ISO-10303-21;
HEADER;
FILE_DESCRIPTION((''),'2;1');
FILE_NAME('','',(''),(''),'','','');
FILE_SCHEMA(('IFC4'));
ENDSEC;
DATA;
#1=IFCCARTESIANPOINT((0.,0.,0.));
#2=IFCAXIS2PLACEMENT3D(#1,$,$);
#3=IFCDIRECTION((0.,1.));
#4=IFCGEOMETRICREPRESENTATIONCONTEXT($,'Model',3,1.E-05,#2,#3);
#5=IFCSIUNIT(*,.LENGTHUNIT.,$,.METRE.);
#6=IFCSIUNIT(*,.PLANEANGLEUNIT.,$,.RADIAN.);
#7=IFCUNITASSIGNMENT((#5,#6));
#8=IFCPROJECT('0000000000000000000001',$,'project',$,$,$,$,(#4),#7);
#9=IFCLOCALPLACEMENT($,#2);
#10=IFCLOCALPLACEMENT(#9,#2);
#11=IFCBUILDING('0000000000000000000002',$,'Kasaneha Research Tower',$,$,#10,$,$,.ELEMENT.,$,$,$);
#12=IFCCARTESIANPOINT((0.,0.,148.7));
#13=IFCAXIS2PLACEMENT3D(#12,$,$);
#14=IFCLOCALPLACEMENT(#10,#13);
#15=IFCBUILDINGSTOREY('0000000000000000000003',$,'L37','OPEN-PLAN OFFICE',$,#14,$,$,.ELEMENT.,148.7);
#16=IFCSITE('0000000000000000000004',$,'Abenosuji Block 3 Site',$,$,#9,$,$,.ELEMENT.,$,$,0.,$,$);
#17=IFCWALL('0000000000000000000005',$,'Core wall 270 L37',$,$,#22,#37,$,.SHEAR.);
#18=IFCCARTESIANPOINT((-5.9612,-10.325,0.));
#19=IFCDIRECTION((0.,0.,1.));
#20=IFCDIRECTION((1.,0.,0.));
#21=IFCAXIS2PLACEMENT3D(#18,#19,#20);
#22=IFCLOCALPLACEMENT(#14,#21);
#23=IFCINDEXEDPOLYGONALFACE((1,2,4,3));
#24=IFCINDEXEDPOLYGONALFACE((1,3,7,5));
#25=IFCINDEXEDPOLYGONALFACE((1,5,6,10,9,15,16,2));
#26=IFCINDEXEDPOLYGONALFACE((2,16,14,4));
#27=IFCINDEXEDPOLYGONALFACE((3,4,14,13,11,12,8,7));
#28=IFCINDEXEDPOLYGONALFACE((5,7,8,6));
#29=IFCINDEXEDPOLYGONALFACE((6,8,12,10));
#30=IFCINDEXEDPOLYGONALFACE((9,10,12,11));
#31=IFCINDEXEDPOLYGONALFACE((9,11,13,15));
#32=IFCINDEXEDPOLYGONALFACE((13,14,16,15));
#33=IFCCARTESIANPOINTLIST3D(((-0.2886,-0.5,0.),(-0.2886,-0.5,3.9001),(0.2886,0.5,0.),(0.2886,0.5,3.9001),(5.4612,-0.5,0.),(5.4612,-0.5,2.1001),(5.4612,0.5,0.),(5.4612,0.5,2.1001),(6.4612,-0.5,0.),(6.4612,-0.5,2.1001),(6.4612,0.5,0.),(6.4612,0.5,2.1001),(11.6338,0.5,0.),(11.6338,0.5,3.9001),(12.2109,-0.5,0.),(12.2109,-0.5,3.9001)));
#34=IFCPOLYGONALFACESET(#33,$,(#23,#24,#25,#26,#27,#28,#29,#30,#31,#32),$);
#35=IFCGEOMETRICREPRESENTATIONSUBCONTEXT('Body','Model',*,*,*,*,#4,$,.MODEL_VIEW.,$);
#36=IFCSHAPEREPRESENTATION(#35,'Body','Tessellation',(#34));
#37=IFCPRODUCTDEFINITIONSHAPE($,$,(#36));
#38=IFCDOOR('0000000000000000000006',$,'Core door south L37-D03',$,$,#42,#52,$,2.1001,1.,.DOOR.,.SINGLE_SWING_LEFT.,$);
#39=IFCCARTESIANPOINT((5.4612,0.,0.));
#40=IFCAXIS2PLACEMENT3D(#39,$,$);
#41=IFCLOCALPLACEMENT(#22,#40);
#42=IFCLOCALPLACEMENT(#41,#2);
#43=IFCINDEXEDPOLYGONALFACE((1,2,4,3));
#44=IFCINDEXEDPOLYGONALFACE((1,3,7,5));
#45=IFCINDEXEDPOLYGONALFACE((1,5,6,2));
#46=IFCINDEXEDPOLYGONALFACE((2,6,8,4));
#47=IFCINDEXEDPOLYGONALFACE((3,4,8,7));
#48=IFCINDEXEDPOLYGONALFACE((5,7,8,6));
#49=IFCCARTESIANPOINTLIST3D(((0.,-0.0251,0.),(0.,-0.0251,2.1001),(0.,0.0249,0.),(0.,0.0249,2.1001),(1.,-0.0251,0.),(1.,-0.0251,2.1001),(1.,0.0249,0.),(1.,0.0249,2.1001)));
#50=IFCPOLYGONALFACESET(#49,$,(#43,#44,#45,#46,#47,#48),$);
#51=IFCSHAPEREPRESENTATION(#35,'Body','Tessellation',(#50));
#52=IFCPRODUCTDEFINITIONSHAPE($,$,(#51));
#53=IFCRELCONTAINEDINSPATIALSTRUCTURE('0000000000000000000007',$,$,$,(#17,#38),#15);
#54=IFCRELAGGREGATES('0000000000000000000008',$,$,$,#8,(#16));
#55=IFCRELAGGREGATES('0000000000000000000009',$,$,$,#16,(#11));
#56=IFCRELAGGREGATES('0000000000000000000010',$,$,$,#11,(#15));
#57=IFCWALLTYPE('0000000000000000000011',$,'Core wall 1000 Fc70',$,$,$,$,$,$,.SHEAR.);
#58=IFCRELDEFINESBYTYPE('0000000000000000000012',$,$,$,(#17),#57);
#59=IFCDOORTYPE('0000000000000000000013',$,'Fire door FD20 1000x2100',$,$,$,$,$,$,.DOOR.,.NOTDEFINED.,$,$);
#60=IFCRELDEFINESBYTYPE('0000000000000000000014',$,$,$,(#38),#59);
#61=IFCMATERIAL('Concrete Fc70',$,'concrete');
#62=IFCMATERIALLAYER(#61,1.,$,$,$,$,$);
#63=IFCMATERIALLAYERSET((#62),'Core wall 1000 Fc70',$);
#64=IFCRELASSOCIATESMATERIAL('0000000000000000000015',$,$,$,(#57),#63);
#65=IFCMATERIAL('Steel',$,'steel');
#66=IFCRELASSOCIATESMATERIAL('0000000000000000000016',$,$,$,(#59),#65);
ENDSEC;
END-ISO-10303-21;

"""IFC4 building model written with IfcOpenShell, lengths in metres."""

from ifc_helpers import new_model, si_unit, direction, frame, frame_2d, origin, place, context, subcontext, project, spatial, polyline, rectangle, outline, extrude, material, layer, layer_set, type_object, element, fill, save


model = new_model("IFC4")

# Units and contexts
model_context = context("Model", 3, precision=1e-05, world=origin(), true_north=direction((0.0, 1.0)))
body_context = subcontext(model_context, "Body", "Model", "MODEL_VIEW")
ifc_project = project(units=[si_unit("LENGTHUNIT", "METRE"), si_unit("PLANEANGLEUNIT", "RADIAN")], contexts=[model_context])

# Site, building, storey
site_placement = place(None, origin())
site = spatial("IfcSite", under=ifc_project, at=site_placement, Name="Abenosuji Block 3 Site", CompositionType="ELEMENT", RefElevation=0.0)
building_placement = place(site_placement, origin())
building = spatial("IfcBuilding", under=site, at=building_placement, Name="Kasaneha Research Tower", CompositionType="ELEMENT")
storey_placement = place(building_placement, frame((0.0, 0.0, 148.7)))
storey = spatial("IfcBuildingStorey", under=building, at=storey_placement, Name="L37", Description="OPEN-PLAN OFFICE", CompositionType="ELEMENT", Elevation=148.7)

# Wall, opening, door
ifc_material_1 = material(Name="Concrete Fc70", Category="concrete")
ifc_layer_1 = layer(ifc_material_1, 1.0)
ifc_layer_set_1 = layer_set([ifc_layer_1], Name="Core wall 1000 Fc70")
wall_type_1 = type_object("IfcWallType", Name="Core wall 1000 Fc70", PredefinedType="SHEAR", material=ifc_layer_set_1)
wall_1_placement = place(storey_placement, frame((-5.9612, -10.325, 0.0), z_axis=(0.0, 0.0, 1.0), x_axis=(1.0, 0.0, 0.0)))
wall_1 = element("IfcWall", 1, at=wall_1_placement, inside=storey, type_object=wall_type_1, Name="Core wall 270 L37", PredefinedType="SHEAR", context=body_context, shape_type="SweptSolid", body=[
    extrude(outline(polyline([(-0.2886, -0.5), (5.4612, -0.5), (6.4612, -0.5), (12.2109, -0.5), (11.6338, 0.5), (6.4612, 0.5), (5.4612, 0.5), (0.2886, 0.5), (-0.2886, -0.5)])), origin(), (0.0, 0.0, 1.0), 3.9001),
])
opening_1_placement = place(wall_1_placement, frame((5.4612, 0.0, 0.0)))
opening_1 = element("IfcOpeningElement", 2, at=opening_1_placement, cuts=wall_1, PredefinedType="OPENING", context=body_context, shape_type="SweptSolid", body=[
    extrude(rectangle(XDim=1.0, YDim=2.1001, at=frame_2d((0.5, 1.05))), frame((0.0, 0.51, 0.0), z_axis=(0.0, -1.0, 0.0), x_axis=(1.0, 0.0, 0.0)), (0.0, 0.0, 1.0), 1.02),
])
ifc_material_2 = material(Name="Steel", Category="steel")
door_type_1 = type_object("IfcDoorType", Name="Fire door FD20 1000x2100", OperationType="NOTDEFINED", PredefinedType="DOOR", material=ifc_material_2)
door_1_placement = place(opening_1_placement, origin())
door_1 = element("IfcDoor", 3, at=door_1_placement, inside=storey, type_object=door_type_1, Name="Core door south L37-D03", OperationType="SINGLE_SWING_LEFT", OverallHeight=2.1001, OverallWidth=1.0, PredefinedType="DOOR", context=body_context, shape_type="SweptSolid", body=[
    extrude(rectangle(XDim=1.0, YDim=2.1001, at=frame_2d((0.5, 1.05))), frame((0.0, 0.0249, 0.0), z_axis=(0.0, -1.0, 0.0), x_axis=(1.0, 0.0, 0.0)), (0.0, 0.0, 1.0), 0.05),
])
fill(opening_1, door_1)

save(model, "model.ifc")
